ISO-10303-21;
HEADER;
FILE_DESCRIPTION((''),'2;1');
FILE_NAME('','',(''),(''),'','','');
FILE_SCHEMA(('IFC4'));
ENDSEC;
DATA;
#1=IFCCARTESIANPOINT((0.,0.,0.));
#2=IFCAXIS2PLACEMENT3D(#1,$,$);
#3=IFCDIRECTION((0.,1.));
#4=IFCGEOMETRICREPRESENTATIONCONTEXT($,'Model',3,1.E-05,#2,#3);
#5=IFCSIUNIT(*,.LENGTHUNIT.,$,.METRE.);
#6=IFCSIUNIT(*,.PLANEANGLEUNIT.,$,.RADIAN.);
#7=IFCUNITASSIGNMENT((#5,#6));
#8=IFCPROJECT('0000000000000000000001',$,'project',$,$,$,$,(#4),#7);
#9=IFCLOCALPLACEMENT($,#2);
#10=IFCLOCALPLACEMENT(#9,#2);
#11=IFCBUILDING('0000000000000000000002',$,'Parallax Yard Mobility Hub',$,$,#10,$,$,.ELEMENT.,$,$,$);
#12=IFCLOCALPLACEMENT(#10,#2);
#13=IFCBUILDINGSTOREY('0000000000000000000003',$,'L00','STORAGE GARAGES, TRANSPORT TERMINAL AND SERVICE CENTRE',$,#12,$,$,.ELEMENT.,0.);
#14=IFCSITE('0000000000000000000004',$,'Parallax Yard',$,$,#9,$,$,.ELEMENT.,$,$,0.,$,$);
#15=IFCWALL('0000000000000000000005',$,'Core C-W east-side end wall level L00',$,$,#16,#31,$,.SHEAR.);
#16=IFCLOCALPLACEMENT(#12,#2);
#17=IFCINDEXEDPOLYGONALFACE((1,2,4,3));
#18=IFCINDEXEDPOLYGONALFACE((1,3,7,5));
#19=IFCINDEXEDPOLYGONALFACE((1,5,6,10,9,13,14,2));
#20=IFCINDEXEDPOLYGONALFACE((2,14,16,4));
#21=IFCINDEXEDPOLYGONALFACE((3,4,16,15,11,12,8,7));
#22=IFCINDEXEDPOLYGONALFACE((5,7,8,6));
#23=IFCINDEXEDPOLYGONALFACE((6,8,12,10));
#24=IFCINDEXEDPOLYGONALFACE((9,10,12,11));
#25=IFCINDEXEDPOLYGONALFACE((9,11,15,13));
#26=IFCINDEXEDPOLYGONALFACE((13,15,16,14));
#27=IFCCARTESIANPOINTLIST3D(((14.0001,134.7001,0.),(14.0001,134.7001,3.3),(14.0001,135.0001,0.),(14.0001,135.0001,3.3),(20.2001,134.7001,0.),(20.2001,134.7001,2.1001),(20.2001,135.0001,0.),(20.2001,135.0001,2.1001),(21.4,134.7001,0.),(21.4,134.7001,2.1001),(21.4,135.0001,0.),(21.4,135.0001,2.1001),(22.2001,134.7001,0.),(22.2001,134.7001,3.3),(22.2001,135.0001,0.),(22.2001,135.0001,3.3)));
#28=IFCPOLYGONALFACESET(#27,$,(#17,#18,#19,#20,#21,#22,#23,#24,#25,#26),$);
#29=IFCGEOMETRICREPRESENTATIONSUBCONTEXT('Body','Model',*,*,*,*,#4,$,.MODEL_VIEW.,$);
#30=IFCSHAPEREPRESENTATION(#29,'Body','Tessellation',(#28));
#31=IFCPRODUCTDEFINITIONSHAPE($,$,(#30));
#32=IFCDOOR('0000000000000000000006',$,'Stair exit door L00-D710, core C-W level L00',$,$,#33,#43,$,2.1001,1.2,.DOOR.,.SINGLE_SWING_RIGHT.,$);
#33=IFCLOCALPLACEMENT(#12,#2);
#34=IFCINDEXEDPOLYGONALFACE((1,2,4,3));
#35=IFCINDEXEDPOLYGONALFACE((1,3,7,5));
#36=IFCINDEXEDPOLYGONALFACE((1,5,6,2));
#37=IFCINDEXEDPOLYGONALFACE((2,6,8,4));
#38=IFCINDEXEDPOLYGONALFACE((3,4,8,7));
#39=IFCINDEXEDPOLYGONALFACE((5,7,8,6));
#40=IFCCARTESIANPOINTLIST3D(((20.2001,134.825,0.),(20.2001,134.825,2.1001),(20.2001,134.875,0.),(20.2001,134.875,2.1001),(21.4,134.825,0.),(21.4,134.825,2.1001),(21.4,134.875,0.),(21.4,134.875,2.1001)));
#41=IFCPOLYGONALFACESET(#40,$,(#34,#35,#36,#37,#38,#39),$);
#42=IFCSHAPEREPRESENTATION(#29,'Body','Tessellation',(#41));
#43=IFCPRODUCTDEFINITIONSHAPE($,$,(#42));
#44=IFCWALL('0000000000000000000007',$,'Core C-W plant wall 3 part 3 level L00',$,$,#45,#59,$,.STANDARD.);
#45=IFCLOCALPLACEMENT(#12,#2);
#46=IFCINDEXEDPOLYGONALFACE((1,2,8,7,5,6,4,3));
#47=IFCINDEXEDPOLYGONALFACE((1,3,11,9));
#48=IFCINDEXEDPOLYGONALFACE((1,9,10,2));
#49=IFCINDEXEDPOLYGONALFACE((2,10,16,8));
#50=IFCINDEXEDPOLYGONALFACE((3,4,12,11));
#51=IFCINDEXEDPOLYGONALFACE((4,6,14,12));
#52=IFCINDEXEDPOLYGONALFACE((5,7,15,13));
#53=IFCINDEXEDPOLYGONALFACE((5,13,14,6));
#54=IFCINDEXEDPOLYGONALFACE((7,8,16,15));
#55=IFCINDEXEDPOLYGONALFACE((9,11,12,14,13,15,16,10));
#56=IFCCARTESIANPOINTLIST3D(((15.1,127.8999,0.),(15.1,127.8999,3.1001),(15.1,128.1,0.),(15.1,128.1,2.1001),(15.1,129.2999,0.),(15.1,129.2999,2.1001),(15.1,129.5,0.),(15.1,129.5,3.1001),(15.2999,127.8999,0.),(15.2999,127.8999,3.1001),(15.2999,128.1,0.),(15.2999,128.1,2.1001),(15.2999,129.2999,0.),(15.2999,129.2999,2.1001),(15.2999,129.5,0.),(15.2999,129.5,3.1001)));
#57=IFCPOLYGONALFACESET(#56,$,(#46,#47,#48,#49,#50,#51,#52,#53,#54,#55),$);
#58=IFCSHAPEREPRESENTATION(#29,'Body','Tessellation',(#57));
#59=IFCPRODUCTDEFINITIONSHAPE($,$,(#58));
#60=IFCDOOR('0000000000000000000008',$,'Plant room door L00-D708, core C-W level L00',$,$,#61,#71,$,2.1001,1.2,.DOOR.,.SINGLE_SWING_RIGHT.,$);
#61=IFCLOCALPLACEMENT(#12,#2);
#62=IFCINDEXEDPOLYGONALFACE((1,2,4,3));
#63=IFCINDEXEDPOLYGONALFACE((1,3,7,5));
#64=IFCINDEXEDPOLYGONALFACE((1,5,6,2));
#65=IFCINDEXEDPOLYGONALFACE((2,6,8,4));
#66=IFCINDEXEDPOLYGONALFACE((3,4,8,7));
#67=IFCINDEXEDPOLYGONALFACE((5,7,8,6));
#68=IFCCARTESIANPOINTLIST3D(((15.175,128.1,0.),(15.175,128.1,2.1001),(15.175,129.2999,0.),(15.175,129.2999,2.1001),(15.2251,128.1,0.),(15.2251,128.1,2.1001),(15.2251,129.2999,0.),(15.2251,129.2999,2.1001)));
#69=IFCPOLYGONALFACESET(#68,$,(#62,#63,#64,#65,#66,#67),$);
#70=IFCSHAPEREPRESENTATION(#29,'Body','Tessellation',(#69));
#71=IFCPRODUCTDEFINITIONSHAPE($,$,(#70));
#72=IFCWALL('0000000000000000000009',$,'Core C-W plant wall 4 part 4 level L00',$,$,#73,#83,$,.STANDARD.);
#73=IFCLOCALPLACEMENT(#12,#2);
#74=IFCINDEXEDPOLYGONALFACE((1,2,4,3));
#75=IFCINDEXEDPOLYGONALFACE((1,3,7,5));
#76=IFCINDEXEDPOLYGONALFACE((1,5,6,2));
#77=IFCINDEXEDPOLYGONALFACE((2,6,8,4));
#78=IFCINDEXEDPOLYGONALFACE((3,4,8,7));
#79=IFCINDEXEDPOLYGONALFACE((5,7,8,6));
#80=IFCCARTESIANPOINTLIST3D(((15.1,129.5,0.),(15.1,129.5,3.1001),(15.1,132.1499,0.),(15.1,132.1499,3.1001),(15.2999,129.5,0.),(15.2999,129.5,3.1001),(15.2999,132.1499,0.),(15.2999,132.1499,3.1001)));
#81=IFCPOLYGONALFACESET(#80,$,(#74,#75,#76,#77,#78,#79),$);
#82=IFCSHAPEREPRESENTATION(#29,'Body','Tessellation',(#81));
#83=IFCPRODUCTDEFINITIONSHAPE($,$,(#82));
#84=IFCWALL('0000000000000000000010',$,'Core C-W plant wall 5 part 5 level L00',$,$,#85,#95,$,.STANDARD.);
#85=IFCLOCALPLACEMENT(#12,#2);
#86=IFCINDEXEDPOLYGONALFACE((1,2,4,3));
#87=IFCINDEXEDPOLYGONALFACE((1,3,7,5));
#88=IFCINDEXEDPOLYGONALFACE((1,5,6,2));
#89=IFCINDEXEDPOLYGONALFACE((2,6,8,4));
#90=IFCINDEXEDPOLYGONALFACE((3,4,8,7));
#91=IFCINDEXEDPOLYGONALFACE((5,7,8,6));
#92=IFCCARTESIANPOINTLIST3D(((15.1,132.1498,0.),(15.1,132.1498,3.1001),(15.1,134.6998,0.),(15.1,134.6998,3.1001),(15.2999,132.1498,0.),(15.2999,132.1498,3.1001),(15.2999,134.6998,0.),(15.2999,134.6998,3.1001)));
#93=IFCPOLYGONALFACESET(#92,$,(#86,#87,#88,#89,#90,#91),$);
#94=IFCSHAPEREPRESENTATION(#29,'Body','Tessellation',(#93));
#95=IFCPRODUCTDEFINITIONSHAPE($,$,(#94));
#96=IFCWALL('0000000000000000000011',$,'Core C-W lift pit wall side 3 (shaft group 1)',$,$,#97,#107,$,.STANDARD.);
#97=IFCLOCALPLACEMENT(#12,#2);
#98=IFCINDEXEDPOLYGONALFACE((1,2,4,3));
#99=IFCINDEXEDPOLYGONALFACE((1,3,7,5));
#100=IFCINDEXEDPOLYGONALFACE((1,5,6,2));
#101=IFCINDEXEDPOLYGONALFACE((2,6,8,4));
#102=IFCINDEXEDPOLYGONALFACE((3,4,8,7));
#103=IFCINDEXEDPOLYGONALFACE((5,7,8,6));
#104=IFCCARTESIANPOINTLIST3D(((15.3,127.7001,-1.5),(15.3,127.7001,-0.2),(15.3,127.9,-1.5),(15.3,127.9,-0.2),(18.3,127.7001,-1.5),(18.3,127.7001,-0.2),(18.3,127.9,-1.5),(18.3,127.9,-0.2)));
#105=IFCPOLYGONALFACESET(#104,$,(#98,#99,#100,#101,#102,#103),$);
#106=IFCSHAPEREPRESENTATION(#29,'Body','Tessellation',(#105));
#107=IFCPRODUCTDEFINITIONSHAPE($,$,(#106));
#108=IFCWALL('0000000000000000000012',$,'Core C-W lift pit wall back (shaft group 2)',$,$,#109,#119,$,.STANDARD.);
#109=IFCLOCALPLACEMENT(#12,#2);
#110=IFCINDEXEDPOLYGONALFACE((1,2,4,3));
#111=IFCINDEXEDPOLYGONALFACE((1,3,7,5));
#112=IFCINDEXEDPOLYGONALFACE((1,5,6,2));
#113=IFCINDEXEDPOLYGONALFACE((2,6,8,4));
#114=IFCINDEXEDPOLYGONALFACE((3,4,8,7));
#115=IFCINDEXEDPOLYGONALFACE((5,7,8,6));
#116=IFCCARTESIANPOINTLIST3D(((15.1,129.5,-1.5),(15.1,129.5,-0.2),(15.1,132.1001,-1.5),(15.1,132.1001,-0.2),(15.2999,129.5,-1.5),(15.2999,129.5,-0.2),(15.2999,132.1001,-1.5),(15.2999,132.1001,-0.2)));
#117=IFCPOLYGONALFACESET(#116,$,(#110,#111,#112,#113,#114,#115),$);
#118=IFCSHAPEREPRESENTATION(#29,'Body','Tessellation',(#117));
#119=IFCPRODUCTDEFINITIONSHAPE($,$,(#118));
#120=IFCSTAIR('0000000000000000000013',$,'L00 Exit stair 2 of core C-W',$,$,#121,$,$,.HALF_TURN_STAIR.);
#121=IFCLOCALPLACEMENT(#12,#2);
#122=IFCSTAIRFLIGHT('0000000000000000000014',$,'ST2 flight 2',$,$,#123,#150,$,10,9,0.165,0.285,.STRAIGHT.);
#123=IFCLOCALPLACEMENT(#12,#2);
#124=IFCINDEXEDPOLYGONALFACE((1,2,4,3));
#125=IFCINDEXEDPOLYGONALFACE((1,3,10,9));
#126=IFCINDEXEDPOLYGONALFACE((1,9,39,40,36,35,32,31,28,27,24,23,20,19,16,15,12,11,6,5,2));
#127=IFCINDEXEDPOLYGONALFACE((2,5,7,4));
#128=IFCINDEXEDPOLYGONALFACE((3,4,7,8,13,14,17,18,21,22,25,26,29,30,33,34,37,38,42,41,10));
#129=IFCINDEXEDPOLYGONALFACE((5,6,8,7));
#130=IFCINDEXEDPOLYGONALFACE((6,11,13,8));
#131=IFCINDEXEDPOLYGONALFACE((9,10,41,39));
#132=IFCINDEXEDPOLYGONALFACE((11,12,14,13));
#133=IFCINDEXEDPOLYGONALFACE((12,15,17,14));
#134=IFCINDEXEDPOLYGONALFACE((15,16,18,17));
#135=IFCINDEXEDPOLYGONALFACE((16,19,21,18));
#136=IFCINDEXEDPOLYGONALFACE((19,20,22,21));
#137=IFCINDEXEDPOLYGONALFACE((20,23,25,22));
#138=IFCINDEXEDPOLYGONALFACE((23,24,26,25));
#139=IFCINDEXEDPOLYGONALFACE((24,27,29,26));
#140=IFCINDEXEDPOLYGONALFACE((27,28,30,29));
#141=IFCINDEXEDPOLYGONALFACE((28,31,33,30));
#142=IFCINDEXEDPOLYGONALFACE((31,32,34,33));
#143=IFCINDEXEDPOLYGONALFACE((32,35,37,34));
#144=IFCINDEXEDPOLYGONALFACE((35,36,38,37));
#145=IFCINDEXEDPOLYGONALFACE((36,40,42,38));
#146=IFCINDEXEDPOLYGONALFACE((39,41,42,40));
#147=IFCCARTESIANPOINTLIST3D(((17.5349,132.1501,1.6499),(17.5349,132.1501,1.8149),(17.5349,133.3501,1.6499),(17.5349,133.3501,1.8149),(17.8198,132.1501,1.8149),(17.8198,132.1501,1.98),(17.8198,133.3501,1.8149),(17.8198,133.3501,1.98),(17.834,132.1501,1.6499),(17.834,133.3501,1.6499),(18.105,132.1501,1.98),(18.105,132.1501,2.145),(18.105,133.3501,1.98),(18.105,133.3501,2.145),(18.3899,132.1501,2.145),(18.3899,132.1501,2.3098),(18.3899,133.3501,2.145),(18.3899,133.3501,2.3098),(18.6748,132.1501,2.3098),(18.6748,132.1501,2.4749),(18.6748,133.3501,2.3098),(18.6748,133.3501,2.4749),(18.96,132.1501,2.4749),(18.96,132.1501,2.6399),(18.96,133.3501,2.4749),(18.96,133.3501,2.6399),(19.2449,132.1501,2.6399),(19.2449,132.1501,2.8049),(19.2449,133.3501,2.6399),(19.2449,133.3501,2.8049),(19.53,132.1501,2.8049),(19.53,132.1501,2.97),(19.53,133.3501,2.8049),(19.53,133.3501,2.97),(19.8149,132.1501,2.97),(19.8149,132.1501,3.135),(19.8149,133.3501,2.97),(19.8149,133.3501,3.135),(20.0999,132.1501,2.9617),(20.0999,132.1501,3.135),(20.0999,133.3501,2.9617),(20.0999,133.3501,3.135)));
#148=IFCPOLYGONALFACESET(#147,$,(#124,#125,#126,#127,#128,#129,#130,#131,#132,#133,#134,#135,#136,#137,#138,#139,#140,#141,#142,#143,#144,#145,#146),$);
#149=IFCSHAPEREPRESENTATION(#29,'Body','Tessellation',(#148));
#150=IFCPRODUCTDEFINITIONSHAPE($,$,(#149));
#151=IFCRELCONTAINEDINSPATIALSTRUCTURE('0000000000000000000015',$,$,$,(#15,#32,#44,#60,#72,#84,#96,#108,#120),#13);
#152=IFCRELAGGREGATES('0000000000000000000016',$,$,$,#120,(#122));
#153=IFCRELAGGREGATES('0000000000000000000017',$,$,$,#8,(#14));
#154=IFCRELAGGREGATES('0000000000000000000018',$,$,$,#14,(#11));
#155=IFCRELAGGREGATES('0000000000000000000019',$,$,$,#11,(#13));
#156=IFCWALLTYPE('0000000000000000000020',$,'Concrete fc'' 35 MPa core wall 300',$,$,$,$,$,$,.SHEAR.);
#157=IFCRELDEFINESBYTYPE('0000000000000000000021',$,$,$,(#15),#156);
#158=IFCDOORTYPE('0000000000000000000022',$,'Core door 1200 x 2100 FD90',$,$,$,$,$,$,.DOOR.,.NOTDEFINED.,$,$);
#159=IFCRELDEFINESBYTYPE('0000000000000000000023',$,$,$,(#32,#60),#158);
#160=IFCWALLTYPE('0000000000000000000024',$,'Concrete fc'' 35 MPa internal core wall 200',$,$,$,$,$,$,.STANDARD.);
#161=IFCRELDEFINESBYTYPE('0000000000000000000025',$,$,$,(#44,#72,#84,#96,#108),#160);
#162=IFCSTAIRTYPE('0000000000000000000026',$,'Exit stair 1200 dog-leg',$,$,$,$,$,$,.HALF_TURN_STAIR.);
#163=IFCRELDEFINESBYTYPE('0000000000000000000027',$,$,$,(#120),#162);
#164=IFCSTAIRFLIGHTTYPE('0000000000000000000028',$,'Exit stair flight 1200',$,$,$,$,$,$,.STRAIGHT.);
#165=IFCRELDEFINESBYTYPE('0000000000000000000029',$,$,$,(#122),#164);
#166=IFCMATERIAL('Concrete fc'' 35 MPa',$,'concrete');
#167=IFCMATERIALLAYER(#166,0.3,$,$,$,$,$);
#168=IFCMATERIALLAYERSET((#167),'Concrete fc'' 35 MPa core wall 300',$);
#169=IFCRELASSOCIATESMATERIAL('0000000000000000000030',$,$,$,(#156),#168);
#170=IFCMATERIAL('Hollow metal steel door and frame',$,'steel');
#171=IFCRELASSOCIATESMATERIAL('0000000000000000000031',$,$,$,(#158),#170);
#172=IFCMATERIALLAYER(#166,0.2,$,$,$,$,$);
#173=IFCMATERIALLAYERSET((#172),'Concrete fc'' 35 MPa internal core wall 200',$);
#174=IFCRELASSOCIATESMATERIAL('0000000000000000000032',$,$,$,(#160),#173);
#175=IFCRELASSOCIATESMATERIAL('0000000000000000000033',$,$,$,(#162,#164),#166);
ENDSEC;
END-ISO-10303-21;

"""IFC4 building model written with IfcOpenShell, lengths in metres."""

from ifc_helpers import new_model, si_unit, direction, frame, frame_2d, origin, place, context, subcontext, project, spatial, polyline, rectangle, outline, extrude, material, layer, layer_set, type_object, element, fill, aggregate, save


model = new_model("IFC4")

# Units and contexts
model_context = context("Model", 3, precision=1e-05, world=origin(), true_north=direction((0.0, 1.0)))
body_context = subcontext(model_context, "Body", "Model", "MODEL_VIEW")
ifc_project = project(units=[si_unit("LENGTHUNIT", "METRE"), si_unit("PLANEANGLEUNIT", "RADIAN")], contexts=[model_context])

# Site, building, storey
site_placement = place(None, origin())
site = spatial("IfcSite", under=ifc_project, at=site_placement, Name="Parallax Yard", CompositionType="ELEMENT", RefElevation=0.0)
building_placement = place(site_placement, origin())
building = spatial("IfcBuilding", under=site, at=building_placement, Name="Parallax Yard Mobility Hub", CompositionType="ELEMENT")
storey_placement = place(building_placement, origin())
storey = spatial("IfcBuildingStorey", under=building, at=storey_placement, Name="L00", Description="STORAGE GARAGES, TRANSPORT TERMINAL AND SERVICE CENTRE", CompositionType="ELEMENT", Elevation=0.0)

# Walls, openings, doors
ifc_material_1 = material(Name="Concrete fc' 35 MPa", Category="concrete")
ifc_layer_1 = layer(ifc_material_1, 0.3)
ifc_layer_set_1 = layer_set([ifc_layer_1], Name="Concrete fc' 35 MPa core wall 300")
wall_type_1 = type_object("IfcWallType", Name="Concrete fc' 35 MPa core wall 300", PredefinedType="SHEAR", material=ifc_layer_set_1)
wall_1_placement = place(storey_placement, frame((14.0, 134.8501, 0.0), z_axis=(0.0, 0.0, 1.0), x_axis=(1.0, 0.0, 0.0)))
wall_1 = element("IfcWall", 1, at=wall_1_placement, inside=storey, type_object=wall_type_1, Name="Core C-W east-side end wall level L00", PredefinedType="SHEAR", context=body_context, shape_type="SweptSolid", body=[
    extrude(rectangle(XDim=8.2, YDim=0.3, at=frame_2d((4.1001, 0.0))), origin(), (0.0, 0.0, 1.0), 3.3),
])
opening_1_placement = place(wall_1_placement, frame((6.2, 0.0, 0.0)))
opening_1 = element("IfcOpeningElement", 2, at=opening_1_placement, cuts=wall_1, PredefinedType="OPENING", context=body_context, shape_type="SweptSolid", body=[
    extrude(rectangle(XDim=1.2, YDim=2.1001, at=frame_2d((0.6001, 1.05))), frame((0.0, 0.1602, 0.0), z_axis=(0.0, -1.0, 0.0), x_axis=(1.0, 0.0, 0.0)), (0.0, 0.0, 1.0), 0.3201),
])
ifc_material_2 = material(Name="Hollow metal steel door and frame", Category="steel")
door_type = type_object("IfcDoorType", Name="Core door 1200 x 2100 FD90", OperationType="NOTDEFINED", PredefinedType="DOOR", material=ifc_material_2)
door_1_placement = place(opening_1_placement, origin())
door_1 = element("IfcDoor", 3, at=door_1_placement, inside=storey, type_object=door_type, Name="Stair exit door L00-D710, core C-W level L00", OperationType="SINGLE_SWING_RIGHT", OverallHeight=2.1001, OverallWidth=1.2, PredefinedType="DOOR", context=body_context, shape_type="SweptSolid", body=[
    extrude(rectangle(XDim=1.2, YDim=2.1001, at=frame_2d((0.6001, 1.05))), frame((0.0, 0.0249, 0.0), z_axis=(0.0, -1.0, 0.0), x_axis=(1.0, 0.0, 0.0)), (0.0, 0.0, 1.0), 0.05),
])
fill(opening_1, door_1)
ifc_layer_2 = layer(ifc_material_1, 0.2)
ifc_layer_set_2 = layer_set([ifc_layer_2], Name="Concrete fc' 35 MPa internal core wall 200")
wall_type_2 = type_object("IfcWallType", Name="Concrete fc' 35 MPa internal core wall 200", PredefinedType="STANDARD", material=ifc_layer_set_2)
wall_2_placement = place(storey_placement, frame((15.2, 127.8999, 0.0), z_axis=(0.0, 0.0, 1.0), x_axis=(0.0, 1.0, 0.0)))
wall_2 = element("IfcWall", 4, at=wall_2_placement, inside=storey, type_object=wall_type_2, Name="Core C-W plant wall 3 part 3 level L00", PredefinedType="STANDARD", context=body_context, shape_type="SweptSolid", body=[
    extrude(rectangle(XDim=1.6001, YDim=0.2, at=frame_2d((0.8, 0.0))), origin(), (0.0, 0.0, 1.0), 3.1001),
])
opening_2_placement = place(wall_2_placement, frame((0.2, 0.0, 0.0)))
opening_2 = element("IfcOpeningElement", 5, at=opening_2_placement, cuts=wall_2, PredefinedType="OPENING", context=body_context, shape_type="SweptSolid", body=[
    extrude(rectangle(XDim=1.2, YDim=2.1001, at=frame_2d((0.6001, 1.05))), frame((0.0, 0.1099, 0.0), z_axis=(0.0, -1.0, 0.0), x_axis=(1.0, 0.0, 0.0)), (0.0, 0.0, 1.0), 0.22),
])
door_2_placement = place(opening_2_placement, origin())
door_2 = element("IfcDoor", 6, at=door_2_placement, inside=storey, type_object=door_type, Name="Plant room door L00-D708, core C-W level L00", OperationType="SINGLE_SWING_RIGHT", OverallHeight=2.1001, OverallWidth=1.2, PredefinedType="DOOR", context=body_context, shape_type="SweptSolid", body=[
    extrude(rectangle(XDim=1.2, YDim=2.1001, at=frame_2d((0.6001, 1.05))), frame((0.0, 0.0249, 0.0), z_axis=(0.0, -1.0, 0.0), x_axis=(1.0, 0.0, 0.0)), (0.0, 0.0, 1.0), 0.05),
])
fill(opening_2, door_2)

# Walls
wall_3_placement = place(storey_placement, frame((15.2, 129.5, 0.0), z_axis=(0.0, 0.0, 1.0), x_axis=(0.0, 1.0, 0.0)))
element("IfcWall", 7, at=wall_3_placement, inside=storey, type_object=wall_type_2, Name="Core C-W plant wall 4 part 4 level L00", PredefinedType="STANDARD", context=body_context, shape_type="SweptSolid", body=[
    extrude(rectangle(XDim=2.6499, YDim=0.2, at=frame_2d((1.325, 0.0))), origin(), (0.0, 0.0, 1.0), 3.1001),
])
wall_4_placement = place(storey_placement, frame((15.2, 132.1499, 0.0), z_axis=(0.0, 0.0, 1.0), x_axis=(0.0, 1.0, 0.0)))
element("IfcWall", 8, at=wall_4_placement, inside=storey, type_object=wall_type_2, Name="Core C-W plant wall 5 part 5 level L00", PredefinedType="STANDARD", context=body_context, shape_type="SweptSolid", body=[
    extrude(rectangle(XDim=2.55, YDim=0.2, at=frame_2d((1.2749, 0.0))), origin(), (0.0, 0.0, 1.0), 3.1001),
])
wall_5_placement = place(storey_placement, frame((18.3, 127.8, -1.5), z_axis=(0.0, 0.0, 1.0), x_axis=(-1.0, 0.0, 0.0)))
element("IfcWall", 9, at=wall_5_placement, inside=storey, type_object=wall_type_2, Name="Core C-W lift pit wall side 3 (shaft group 1)", PredefinedType="STANDARD", context=body_context, shape_type="SweptSolid", body=[
    extrude(rectangle(XDim=3.0, YDim=0.2, at=frame_2d((1.5, 0.0))), origin(), (0.0, 0.0, 1.0), 1.3),
])
wall_6_placement = place(storey_placement, frame((15.2, 129.5, -1.5), z_axis=(0.0, 0.0, 1.0), x_axis=(0.0, 1.0, 0.0)))
element("IfcWall", 10, at=wall_6_placement, inside=storey, type_object=wall_type_2, Name="Core C-W lift pit wall back (shaft group 2)", PredefinedType="STANDARD", context=body_context, shape_type="SweptSolid", body=[
    extrude(rectangle(XDim=2.6001, YDim=0.2, at=frame_2d((1.3, 0.0))), origin(), (0.0, 0.0, 1.0), 1.3),
])

# Stair, stair flight
stair_type = type_object("IfcStairType", Name="Exit stair 1200 dog-leg", PredefinedType="HALF_TURN_STAIR", material=ifc_material_1)
stair_placement = place(storey_placement, origin())
stair = element("IfcStair", 11, at=stair_placement, inside=storey, type_object=stair_type, Name="L00 Exit stair 2 of core C-W", PredefinedType="HALF_TURN_STAIR")
stair_flight_type = type_object("IfcStairFlightType", Name="Exit stair flight 1200", PredefinedType="STRAIGHT", material=ifc_material_1)
stair_flight_placement = place(storey_placement, frame((17.5349, 132.75, 1.6499), z_axis=(0.0, 0.0, 1.0), x_axis=(1.0, 0.0, 0.0)))
stair_flight = element("IfcStairFlight", 12, at=stair_flight_placement, type_object=stair_flight_type, Name="ST2 flight 2", NumberOfRisers=10, NumberOfTreads=9, PredefinedType="STRAIGHT", RiserHeight=0.165, TreadLength=0.285, context=body_context, shape_type="SweptSolid", body=[
    extrude(outline(polyline([(0.0, 0.0), (0.0, 0.165), (0.2849, 0.165), (0.2849, 0.3301), (0.5701, 0.3301), (0.5701, 0.4951), (0.855, 0.4951), (0.855, 0.6599), (1.1399, 0.6599), (1.1399, 0.825), (1.425, 0.825), (1.425, 0.99), (1.71, 0.99), (1.71, 1.155), (1.9951, 1.155), (1.9951, 1.3201), (2.28, 1.3201), (2.28, 1.4851), (2.5649, 1.4851), (2.5649, 1.6499), (2.5649, 1.3118), (0.2991, 0.0), (0.0, 0.0)])), frame((0.0, 0.6001, 0.0), z_axis=(0.0, -1.0, 0.0), x_axis=(1.0, 0.0, 0.0)), (0.0, 0.0, 1.0), 1.2),
])
aggregate(stair, [stair_flight])

save(model, "model.ifc")
